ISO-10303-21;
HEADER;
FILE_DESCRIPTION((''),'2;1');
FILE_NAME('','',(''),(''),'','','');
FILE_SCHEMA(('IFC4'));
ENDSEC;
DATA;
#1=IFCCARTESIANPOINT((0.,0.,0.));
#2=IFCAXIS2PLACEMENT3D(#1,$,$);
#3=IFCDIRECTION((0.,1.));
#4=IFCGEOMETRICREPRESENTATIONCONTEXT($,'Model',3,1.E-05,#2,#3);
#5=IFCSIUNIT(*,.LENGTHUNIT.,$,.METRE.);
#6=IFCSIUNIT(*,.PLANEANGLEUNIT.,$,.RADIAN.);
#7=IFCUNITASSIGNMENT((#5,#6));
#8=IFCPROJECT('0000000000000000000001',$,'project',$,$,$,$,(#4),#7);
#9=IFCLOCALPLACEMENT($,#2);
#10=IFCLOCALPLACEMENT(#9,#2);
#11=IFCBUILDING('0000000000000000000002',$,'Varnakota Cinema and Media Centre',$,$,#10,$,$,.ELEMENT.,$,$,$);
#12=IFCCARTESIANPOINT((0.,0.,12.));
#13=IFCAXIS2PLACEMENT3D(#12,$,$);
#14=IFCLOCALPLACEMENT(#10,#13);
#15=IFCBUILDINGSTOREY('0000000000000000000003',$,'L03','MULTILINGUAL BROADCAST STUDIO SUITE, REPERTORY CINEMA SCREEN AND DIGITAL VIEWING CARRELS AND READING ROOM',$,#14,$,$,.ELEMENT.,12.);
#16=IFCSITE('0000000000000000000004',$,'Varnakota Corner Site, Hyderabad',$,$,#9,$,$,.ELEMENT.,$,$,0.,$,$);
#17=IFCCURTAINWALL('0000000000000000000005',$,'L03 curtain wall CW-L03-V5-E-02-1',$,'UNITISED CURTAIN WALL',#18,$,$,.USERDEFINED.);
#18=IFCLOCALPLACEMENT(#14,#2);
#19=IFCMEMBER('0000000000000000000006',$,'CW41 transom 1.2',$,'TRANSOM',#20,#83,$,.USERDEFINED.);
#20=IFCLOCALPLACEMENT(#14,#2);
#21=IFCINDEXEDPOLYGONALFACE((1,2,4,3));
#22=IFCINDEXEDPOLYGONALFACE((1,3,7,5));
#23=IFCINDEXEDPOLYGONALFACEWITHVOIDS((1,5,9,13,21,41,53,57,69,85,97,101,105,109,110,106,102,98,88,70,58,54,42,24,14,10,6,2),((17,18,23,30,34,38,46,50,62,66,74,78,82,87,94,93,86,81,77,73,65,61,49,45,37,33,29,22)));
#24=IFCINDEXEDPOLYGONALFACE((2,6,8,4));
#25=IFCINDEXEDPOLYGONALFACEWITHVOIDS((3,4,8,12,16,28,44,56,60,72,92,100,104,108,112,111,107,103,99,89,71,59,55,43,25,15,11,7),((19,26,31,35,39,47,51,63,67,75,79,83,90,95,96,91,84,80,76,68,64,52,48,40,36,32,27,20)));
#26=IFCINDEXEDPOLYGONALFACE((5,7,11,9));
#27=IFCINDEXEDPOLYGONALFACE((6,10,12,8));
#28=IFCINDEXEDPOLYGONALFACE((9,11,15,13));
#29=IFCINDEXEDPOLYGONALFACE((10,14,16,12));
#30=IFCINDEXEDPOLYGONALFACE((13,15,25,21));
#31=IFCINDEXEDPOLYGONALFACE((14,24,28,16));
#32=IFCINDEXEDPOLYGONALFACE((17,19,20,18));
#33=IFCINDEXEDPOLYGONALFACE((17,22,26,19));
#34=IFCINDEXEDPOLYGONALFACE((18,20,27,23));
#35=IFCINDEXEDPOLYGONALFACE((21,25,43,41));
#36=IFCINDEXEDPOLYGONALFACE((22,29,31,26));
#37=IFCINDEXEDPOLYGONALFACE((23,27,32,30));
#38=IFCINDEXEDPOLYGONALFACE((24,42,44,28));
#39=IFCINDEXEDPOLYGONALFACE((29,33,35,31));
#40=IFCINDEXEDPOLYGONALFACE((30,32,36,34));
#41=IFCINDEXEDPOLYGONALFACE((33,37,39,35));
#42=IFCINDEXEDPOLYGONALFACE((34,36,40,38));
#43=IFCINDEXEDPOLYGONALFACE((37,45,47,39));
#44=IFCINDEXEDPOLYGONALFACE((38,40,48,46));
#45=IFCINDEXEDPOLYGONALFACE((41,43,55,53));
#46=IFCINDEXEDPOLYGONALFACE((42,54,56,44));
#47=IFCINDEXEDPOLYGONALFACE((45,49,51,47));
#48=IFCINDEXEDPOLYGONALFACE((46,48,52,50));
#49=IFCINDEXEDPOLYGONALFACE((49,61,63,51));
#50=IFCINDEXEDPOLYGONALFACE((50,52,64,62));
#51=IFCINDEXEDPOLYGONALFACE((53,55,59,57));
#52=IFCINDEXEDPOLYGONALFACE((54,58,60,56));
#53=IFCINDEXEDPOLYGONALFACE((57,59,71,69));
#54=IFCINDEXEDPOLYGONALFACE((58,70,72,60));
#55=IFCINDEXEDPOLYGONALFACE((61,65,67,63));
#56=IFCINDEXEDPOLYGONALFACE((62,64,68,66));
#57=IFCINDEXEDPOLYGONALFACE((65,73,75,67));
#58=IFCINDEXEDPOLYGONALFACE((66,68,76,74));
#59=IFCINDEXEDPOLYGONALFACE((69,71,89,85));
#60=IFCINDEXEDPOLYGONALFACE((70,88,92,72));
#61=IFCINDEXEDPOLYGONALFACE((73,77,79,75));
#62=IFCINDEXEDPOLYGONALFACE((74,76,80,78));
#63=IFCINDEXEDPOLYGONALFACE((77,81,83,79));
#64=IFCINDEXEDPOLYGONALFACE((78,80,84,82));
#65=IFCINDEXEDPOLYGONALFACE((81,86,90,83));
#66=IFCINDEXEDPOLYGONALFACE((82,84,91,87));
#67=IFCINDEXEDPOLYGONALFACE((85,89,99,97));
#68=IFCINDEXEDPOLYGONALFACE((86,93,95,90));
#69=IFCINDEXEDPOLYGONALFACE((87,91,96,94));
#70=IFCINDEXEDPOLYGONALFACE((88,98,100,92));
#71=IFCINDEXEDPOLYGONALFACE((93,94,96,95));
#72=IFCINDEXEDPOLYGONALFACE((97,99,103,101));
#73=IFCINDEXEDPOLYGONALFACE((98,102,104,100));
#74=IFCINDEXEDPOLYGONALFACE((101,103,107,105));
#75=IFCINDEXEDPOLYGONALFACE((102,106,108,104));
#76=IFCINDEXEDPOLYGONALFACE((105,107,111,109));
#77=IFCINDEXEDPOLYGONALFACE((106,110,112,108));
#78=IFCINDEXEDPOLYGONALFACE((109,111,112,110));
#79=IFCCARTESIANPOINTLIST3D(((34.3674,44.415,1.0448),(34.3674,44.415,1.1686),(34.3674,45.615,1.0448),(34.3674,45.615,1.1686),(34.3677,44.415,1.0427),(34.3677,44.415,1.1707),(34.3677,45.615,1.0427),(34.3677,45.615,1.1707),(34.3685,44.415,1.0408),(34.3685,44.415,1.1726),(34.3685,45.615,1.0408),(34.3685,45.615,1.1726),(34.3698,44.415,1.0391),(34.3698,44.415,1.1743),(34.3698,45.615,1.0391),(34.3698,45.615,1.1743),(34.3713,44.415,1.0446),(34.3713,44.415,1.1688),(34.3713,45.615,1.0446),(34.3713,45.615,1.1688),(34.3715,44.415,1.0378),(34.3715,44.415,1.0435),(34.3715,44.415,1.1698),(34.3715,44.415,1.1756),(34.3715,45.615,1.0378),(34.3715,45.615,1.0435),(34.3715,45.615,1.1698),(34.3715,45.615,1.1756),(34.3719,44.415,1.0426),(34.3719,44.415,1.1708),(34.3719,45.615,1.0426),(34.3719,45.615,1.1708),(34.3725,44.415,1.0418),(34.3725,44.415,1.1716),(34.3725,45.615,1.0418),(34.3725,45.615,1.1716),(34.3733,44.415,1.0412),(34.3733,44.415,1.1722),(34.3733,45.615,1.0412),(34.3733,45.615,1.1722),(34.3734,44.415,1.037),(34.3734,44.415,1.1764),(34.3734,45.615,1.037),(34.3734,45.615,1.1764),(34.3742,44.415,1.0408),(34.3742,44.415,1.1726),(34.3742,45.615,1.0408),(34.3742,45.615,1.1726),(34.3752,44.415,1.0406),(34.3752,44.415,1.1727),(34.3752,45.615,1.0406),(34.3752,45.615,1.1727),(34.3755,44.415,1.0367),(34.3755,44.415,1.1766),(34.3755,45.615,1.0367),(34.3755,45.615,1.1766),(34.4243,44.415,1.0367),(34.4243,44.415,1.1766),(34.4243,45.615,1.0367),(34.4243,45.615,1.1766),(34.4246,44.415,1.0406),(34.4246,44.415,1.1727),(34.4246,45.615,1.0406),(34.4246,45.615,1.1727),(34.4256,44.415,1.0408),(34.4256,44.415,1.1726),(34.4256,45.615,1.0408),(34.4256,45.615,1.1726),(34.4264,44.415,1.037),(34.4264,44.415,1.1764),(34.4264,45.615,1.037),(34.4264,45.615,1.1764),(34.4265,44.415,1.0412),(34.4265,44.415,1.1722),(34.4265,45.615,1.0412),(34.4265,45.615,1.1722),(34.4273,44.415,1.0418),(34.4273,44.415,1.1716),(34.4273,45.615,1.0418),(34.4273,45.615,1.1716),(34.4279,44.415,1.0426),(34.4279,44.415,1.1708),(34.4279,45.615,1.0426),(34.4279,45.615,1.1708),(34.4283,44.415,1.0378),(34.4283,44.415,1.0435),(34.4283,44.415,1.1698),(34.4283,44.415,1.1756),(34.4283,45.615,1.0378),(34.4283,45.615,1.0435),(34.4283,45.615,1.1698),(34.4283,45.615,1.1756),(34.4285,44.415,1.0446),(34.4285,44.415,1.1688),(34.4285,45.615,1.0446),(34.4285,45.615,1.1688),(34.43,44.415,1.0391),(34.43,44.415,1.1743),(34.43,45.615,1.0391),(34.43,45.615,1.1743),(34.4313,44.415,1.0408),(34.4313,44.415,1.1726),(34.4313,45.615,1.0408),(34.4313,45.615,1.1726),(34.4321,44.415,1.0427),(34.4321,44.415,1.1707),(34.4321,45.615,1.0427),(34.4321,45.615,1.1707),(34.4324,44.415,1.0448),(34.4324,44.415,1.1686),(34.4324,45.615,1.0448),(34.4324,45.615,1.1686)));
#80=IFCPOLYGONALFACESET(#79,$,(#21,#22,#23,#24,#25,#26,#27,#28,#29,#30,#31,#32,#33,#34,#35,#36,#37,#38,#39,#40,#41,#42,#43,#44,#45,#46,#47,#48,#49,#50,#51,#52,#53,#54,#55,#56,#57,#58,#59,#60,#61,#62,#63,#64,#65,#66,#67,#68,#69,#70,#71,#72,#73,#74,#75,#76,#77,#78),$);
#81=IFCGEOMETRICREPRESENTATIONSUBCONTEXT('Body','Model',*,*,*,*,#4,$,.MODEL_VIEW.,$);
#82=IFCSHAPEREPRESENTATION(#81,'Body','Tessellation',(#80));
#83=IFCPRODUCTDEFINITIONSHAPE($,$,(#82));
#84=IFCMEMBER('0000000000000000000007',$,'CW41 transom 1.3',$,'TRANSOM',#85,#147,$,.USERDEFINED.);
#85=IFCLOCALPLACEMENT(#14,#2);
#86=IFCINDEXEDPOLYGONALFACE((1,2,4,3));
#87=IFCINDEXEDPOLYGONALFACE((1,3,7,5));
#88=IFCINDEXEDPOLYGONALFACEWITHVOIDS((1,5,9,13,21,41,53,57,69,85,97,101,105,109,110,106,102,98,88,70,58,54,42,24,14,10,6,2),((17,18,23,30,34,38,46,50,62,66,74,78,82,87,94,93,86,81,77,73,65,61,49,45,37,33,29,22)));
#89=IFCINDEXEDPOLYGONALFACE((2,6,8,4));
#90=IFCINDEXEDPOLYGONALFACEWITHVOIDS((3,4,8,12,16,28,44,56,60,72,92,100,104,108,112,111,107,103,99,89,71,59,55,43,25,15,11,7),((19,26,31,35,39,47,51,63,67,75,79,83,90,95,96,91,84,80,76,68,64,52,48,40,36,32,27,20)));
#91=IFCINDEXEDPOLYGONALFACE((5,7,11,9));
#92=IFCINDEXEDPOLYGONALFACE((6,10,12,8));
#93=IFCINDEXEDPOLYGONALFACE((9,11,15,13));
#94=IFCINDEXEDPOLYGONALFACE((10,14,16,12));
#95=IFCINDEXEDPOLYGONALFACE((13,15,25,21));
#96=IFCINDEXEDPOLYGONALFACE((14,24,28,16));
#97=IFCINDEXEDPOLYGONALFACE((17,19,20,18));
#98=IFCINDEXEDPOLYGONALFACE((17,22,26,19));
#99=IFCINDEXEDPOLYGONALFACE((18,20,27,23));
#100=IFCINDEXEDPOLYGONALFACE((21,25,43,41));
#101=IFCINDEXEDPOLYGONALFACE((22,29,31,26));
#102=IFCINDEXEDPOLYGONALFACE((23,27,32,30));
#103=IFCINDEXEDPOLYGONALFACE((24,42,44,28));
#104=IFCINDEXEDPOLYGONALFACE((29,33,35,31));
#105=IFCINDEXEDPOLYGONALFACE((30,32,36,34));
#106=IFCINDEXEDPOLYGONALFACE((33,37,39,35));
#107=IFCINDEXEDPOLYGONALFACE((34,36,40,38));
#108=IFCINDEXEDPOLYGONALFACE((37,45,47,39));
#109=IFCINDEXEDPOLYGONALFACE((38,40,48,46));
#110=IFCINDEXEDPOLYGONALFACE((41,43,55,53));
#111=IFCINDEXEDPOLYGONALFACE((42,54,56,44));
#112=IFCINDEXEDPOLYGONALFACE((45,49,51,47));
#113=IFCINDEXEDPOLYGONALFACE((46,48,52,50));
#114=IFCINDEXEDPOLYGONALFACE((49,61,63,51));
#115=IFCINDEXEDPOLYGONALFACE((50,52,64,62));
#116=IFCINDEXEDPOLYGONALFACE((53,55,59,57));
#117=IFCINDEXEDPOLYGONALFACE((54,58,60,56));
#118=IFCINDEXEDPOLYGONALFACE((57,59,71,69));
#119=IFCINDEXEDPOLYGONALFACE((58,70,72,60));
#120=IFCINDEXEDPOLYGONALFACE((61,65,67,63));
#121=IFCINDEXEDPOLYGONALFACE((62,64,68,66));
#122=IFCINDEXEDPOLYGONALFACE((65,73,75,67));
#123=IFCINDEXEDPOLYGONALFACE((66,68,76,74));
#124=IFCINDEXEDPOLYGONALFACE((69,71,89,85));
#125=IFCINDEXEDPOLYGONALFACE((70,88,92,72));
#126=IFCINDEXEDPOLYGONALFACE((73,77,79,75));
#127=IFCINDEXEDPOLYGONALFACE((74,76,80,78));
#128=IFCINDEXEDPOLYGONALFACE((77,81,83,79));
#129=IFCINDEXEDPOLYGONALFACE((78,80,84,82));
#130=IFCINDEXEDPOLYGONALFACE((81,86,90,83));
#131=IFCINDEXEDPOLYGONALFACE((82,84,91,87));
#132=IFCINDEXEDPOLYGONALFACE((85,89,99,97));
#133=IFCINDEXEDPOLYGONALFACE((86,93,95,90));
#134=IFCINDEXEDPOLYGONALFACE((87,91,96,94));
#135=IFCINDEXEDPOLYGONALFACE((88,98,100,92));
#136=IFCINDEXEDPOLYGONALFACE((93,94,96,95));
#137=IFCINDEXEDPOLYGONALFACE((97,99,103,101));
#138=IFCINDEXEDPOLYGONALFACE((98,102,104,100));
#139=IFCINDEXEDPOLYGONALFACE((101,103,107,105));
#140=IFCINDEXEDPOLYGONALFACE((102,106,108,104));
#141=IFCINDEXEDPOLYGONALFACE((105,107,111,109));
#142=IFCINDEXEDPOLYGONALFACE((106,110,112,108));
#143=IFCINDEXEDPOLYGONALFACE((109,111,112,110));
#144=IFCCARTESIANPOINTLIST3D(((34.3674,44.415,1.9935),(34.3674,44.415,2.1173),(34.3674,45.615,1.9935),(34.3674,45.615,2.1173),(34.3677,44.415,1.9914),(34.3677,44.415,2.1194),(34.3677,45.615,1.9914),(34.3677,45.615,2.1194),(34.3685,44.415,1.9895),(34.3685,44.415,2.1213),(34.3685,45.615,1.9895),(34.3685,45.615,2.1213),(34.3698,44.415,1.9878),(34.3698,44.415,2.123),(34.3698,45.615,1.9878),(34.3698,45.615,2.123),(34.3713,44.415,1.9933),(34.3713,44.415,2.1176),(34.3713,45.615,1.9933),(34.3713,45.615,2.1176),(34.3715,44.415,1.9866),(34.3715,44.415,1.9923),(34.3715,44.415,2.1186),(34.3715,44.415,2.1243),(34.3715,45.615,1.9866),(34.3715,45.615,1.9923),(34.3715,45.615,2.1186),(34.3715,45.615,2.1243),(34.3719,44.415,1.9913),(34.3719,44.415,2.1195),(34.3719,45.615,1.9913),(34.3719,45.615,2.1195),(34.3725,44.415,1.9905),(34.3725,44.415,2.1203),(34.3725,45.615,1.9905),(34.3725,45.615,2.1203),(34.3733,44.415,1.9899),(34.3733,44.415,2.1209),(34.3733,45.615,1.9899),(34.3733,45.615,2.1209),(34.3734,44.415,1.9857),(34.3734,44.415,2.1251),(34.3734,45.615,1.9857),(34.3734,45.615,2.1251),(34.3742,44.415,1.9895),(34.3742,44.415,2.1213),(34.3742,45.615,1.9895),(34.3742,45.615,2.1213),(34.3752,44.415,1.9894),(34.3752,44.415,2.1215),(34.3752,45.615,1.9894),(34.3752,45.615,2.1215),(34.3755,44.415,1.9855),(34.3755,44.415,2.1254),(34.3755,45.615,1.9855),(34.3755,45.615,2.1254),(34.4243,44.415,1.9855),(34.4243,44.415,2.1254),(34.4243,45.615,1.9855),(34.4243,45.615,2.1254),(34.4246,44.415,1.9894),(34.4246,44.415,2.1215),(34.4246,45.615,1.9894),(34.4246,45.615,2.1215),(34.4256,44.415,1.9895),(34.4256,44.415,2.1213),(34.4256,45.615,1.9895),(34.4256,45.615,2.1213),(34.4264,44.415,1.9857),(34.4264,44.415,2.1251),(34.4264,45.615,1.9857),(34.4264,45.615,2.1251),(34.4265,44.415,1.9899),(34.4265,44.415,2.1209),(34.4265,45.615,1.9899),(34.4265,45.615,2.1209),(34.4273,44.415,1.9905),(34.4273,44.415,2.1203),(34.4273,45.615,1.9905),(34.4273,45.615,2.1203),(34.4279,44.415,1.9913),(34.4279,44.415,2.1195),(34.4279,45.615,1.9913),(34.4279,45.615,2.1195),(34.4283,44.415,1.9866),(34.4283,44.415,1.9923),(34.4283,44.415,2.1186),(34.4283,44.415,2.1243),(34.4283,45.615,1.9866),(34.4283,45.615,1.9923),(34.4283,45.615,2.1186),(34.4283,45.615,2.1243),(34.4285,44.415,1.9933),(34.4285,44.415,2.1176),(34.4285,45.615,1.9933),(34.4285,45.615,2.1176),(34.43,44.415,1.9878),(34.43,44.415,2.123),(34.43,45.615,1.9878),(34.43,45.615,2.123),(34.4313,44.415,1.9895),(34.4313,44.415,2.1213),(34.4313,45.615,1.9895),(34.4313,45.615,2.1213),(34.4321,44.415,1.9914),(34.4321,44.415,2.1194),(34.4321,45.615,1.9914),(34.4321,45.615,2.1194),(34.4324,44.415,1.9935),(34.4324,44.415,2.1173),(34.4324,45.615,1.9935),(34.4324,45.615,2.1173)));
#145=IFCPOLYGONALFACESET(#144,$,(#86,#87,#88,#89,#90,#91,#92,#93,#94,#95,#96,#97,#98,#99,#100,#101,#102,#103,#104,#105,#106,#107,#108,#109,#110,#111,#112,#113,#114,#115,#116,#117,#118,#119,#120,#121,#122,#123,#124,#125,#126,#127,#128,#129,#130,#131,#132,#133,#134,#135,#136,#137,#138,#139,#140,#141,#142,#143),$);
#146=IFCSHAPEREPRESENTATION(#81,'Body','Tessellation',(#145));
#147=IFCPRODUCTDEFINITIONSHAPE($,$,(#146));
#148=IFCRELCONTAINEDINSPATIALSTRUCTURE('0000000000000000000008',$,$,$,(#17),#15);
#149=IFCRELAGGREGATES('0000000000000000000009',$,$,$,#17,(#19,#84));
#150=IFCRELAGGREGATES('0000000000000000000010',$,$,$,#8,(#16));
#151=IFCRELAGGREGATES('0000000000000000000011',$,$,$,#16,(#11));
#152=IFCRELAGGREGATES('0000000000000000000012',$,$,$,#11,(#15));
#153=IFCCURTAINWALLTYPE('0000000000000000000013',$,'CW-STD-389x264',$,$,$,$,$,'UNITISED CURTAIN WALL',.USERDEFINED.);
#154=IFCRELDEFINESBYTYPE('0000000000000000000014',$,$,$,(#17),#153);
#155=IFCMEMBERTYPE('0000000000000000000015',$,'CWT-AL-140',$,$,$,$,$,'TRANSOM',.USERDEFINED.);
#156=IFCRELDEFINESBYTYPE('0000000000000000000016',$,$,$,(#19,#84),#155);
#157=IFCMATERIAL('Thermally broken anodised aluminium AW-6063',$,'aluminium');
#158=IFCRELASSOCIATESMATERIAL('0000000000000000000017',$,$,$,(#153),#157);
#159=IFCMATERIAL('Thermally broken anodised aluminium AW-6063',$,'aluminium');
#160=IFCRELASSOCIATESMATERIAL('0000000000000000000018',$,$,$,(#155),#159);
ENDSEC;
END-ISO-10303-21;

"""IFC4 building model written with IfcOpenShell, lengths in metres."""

from ifc_helpers import new_model, si_unit, direction, frame, origin, origin_2d, place, context, subcontext, project, spatial, hollow_rectangle, extrude, material, material_profile, profile_set, type_object, element, aggregate, save


model = new_model("IFC4")

# Units and contexts
model_context = context("Model", 3, precision=1e-05, world=origin(), true_north=direction((0.0, 1.0)))
body_context = subcontext(model_context, "Body", "Model", "MODEL_VIEW")
ifc_project = project(units=[si_unit("LENGTHUNIT", "METRE"), si_unit("PLANEANGLEUNIT", "RADIAN")], contexts=[model_context])

# Site, building, storey
site_placement = place(None, origin())
site = spatial("IfcSite", under=ifc_project, at=site_placement, Name="Varnakota Corner Site, Hyderabad", CompositionType="ELEMENT", RefElevation=0.0)
building_placement = place(site_placement, origin())
building = spatial("IfcBuilding", under=site, at=building_placement, Name="Varnakota Cinema and Media Centre", CompositionType="ELEMENT")
storey_placement = place(building_placement, frame((0.0, 0.0, 12.0)))
storey = spatial("IfcBuildingStorey", under=building, at=storey_placement, Name="L03", Description="MULTILINGUAL BROADCAST STUDIO SUITE, REPERTORY CINEMA SCREEN AND DIGITAL VIEWING CARRELS AND READING ROOM", CompositionType="ELEMENT", Elevation=12.0)

# Curtain wall, members
ifc_material_1 = material(Name="Thermally broken anodised aluminium AW-6063", Category="aluminium")
curtain_wall_type = type_object("IfcCurtainWallType", Name="CW-STD-389x264", ElementType="UNITISED CURTAIN WALL", PredefinedType="USERDEFINED", material=ifc_material_1)
curtain_wall_placement = place(storey_placement, origin())
curtain_wall = element("IfcCurtainWall", 1, at=curtain_wall_placement, inside=storey, type_object=curtain_wall_type, Name="L03 curtain wall CW-L03-V5-E-02-1", ObjectType="UNITISED CURTAIN WALL", PredefinedType="USERDEFINED")
ifc_material_2 = material(Name="Thermally broken anodised aluminium AW-6063", Category="aluminium")
ifc_material_profile_1 = material_profile(ifc_material_2, hollow_rectangle(XDim=0.0649, YDim=0.1399, WallThickness=0.0039, InnerFilletRadius=0.0039, OuterFilletRadius=0.0081, at=origin_2d()), Name="AL-TRANSOM 140x65x4")
ifc_profile_set_1 = profile_set([ifc_material_profile_1], Name="Thermally broken anodised aluminium AW-6063")
member_type_1 = type_object("IfcMemberType", Name="CWT-AL-140", ElementType="TRANSOM", PredefinedType="USERDEFINED", material=ifc_profile_set_1)
member_1_placement = place(storey_placement, frame((34.3999, 44.415, 1.1067), z_axis=(0.0, 1.0, 0.0), x_axis=(-1.0, 0.0, 0.0)))
member_1 = element("IfcMember", 2, at=member_1_placement, type_object=member_type_1, Name="CW41 transom 1.2", ObjectType="TRANSOM", PredefinedType="USERDEFINED", context=body_context, shape_type="SweptSolid", body=[
    extrude(hollow_rectangle(XDim=0.0649, YDim=0.1399, WallThickness=0.0039, InnerFilletRadius=0.0039, OuterFilletRadius=0.0081, at=origin_2d()), origin(), (0.0, 0.0, 1.0), 1.2),
])
member_2_placement = place(storey_placement, frame((34.3999, 44.415, 2.0554), z_axis=(0.0, 1.0, 0.0), x_axis=(-1.0, 0.0, 0.0)))
member_2 = element("IfcMember", 3, at=member_2_placement, type_object=member_type_1, Name="CW41 transom 1.3", ObjectType="TRANSOM", PredefinedType="USERDEFINED", context=body_context, shape_type="SweptSolid", body=[
    extrude(hollow_rectangle(XDim=0.0649, YDim=0.1399, WallThickness=0.0039, InnerFilletRadius=0.0039, OuterFilletRadius=0.0081, at=origin_2d()), origin(), (0.0, 0.0, 1.0), 1.2),
])
aggregate(curtain_wall, [member_1, member_2])

save(model, "model.ifc")
